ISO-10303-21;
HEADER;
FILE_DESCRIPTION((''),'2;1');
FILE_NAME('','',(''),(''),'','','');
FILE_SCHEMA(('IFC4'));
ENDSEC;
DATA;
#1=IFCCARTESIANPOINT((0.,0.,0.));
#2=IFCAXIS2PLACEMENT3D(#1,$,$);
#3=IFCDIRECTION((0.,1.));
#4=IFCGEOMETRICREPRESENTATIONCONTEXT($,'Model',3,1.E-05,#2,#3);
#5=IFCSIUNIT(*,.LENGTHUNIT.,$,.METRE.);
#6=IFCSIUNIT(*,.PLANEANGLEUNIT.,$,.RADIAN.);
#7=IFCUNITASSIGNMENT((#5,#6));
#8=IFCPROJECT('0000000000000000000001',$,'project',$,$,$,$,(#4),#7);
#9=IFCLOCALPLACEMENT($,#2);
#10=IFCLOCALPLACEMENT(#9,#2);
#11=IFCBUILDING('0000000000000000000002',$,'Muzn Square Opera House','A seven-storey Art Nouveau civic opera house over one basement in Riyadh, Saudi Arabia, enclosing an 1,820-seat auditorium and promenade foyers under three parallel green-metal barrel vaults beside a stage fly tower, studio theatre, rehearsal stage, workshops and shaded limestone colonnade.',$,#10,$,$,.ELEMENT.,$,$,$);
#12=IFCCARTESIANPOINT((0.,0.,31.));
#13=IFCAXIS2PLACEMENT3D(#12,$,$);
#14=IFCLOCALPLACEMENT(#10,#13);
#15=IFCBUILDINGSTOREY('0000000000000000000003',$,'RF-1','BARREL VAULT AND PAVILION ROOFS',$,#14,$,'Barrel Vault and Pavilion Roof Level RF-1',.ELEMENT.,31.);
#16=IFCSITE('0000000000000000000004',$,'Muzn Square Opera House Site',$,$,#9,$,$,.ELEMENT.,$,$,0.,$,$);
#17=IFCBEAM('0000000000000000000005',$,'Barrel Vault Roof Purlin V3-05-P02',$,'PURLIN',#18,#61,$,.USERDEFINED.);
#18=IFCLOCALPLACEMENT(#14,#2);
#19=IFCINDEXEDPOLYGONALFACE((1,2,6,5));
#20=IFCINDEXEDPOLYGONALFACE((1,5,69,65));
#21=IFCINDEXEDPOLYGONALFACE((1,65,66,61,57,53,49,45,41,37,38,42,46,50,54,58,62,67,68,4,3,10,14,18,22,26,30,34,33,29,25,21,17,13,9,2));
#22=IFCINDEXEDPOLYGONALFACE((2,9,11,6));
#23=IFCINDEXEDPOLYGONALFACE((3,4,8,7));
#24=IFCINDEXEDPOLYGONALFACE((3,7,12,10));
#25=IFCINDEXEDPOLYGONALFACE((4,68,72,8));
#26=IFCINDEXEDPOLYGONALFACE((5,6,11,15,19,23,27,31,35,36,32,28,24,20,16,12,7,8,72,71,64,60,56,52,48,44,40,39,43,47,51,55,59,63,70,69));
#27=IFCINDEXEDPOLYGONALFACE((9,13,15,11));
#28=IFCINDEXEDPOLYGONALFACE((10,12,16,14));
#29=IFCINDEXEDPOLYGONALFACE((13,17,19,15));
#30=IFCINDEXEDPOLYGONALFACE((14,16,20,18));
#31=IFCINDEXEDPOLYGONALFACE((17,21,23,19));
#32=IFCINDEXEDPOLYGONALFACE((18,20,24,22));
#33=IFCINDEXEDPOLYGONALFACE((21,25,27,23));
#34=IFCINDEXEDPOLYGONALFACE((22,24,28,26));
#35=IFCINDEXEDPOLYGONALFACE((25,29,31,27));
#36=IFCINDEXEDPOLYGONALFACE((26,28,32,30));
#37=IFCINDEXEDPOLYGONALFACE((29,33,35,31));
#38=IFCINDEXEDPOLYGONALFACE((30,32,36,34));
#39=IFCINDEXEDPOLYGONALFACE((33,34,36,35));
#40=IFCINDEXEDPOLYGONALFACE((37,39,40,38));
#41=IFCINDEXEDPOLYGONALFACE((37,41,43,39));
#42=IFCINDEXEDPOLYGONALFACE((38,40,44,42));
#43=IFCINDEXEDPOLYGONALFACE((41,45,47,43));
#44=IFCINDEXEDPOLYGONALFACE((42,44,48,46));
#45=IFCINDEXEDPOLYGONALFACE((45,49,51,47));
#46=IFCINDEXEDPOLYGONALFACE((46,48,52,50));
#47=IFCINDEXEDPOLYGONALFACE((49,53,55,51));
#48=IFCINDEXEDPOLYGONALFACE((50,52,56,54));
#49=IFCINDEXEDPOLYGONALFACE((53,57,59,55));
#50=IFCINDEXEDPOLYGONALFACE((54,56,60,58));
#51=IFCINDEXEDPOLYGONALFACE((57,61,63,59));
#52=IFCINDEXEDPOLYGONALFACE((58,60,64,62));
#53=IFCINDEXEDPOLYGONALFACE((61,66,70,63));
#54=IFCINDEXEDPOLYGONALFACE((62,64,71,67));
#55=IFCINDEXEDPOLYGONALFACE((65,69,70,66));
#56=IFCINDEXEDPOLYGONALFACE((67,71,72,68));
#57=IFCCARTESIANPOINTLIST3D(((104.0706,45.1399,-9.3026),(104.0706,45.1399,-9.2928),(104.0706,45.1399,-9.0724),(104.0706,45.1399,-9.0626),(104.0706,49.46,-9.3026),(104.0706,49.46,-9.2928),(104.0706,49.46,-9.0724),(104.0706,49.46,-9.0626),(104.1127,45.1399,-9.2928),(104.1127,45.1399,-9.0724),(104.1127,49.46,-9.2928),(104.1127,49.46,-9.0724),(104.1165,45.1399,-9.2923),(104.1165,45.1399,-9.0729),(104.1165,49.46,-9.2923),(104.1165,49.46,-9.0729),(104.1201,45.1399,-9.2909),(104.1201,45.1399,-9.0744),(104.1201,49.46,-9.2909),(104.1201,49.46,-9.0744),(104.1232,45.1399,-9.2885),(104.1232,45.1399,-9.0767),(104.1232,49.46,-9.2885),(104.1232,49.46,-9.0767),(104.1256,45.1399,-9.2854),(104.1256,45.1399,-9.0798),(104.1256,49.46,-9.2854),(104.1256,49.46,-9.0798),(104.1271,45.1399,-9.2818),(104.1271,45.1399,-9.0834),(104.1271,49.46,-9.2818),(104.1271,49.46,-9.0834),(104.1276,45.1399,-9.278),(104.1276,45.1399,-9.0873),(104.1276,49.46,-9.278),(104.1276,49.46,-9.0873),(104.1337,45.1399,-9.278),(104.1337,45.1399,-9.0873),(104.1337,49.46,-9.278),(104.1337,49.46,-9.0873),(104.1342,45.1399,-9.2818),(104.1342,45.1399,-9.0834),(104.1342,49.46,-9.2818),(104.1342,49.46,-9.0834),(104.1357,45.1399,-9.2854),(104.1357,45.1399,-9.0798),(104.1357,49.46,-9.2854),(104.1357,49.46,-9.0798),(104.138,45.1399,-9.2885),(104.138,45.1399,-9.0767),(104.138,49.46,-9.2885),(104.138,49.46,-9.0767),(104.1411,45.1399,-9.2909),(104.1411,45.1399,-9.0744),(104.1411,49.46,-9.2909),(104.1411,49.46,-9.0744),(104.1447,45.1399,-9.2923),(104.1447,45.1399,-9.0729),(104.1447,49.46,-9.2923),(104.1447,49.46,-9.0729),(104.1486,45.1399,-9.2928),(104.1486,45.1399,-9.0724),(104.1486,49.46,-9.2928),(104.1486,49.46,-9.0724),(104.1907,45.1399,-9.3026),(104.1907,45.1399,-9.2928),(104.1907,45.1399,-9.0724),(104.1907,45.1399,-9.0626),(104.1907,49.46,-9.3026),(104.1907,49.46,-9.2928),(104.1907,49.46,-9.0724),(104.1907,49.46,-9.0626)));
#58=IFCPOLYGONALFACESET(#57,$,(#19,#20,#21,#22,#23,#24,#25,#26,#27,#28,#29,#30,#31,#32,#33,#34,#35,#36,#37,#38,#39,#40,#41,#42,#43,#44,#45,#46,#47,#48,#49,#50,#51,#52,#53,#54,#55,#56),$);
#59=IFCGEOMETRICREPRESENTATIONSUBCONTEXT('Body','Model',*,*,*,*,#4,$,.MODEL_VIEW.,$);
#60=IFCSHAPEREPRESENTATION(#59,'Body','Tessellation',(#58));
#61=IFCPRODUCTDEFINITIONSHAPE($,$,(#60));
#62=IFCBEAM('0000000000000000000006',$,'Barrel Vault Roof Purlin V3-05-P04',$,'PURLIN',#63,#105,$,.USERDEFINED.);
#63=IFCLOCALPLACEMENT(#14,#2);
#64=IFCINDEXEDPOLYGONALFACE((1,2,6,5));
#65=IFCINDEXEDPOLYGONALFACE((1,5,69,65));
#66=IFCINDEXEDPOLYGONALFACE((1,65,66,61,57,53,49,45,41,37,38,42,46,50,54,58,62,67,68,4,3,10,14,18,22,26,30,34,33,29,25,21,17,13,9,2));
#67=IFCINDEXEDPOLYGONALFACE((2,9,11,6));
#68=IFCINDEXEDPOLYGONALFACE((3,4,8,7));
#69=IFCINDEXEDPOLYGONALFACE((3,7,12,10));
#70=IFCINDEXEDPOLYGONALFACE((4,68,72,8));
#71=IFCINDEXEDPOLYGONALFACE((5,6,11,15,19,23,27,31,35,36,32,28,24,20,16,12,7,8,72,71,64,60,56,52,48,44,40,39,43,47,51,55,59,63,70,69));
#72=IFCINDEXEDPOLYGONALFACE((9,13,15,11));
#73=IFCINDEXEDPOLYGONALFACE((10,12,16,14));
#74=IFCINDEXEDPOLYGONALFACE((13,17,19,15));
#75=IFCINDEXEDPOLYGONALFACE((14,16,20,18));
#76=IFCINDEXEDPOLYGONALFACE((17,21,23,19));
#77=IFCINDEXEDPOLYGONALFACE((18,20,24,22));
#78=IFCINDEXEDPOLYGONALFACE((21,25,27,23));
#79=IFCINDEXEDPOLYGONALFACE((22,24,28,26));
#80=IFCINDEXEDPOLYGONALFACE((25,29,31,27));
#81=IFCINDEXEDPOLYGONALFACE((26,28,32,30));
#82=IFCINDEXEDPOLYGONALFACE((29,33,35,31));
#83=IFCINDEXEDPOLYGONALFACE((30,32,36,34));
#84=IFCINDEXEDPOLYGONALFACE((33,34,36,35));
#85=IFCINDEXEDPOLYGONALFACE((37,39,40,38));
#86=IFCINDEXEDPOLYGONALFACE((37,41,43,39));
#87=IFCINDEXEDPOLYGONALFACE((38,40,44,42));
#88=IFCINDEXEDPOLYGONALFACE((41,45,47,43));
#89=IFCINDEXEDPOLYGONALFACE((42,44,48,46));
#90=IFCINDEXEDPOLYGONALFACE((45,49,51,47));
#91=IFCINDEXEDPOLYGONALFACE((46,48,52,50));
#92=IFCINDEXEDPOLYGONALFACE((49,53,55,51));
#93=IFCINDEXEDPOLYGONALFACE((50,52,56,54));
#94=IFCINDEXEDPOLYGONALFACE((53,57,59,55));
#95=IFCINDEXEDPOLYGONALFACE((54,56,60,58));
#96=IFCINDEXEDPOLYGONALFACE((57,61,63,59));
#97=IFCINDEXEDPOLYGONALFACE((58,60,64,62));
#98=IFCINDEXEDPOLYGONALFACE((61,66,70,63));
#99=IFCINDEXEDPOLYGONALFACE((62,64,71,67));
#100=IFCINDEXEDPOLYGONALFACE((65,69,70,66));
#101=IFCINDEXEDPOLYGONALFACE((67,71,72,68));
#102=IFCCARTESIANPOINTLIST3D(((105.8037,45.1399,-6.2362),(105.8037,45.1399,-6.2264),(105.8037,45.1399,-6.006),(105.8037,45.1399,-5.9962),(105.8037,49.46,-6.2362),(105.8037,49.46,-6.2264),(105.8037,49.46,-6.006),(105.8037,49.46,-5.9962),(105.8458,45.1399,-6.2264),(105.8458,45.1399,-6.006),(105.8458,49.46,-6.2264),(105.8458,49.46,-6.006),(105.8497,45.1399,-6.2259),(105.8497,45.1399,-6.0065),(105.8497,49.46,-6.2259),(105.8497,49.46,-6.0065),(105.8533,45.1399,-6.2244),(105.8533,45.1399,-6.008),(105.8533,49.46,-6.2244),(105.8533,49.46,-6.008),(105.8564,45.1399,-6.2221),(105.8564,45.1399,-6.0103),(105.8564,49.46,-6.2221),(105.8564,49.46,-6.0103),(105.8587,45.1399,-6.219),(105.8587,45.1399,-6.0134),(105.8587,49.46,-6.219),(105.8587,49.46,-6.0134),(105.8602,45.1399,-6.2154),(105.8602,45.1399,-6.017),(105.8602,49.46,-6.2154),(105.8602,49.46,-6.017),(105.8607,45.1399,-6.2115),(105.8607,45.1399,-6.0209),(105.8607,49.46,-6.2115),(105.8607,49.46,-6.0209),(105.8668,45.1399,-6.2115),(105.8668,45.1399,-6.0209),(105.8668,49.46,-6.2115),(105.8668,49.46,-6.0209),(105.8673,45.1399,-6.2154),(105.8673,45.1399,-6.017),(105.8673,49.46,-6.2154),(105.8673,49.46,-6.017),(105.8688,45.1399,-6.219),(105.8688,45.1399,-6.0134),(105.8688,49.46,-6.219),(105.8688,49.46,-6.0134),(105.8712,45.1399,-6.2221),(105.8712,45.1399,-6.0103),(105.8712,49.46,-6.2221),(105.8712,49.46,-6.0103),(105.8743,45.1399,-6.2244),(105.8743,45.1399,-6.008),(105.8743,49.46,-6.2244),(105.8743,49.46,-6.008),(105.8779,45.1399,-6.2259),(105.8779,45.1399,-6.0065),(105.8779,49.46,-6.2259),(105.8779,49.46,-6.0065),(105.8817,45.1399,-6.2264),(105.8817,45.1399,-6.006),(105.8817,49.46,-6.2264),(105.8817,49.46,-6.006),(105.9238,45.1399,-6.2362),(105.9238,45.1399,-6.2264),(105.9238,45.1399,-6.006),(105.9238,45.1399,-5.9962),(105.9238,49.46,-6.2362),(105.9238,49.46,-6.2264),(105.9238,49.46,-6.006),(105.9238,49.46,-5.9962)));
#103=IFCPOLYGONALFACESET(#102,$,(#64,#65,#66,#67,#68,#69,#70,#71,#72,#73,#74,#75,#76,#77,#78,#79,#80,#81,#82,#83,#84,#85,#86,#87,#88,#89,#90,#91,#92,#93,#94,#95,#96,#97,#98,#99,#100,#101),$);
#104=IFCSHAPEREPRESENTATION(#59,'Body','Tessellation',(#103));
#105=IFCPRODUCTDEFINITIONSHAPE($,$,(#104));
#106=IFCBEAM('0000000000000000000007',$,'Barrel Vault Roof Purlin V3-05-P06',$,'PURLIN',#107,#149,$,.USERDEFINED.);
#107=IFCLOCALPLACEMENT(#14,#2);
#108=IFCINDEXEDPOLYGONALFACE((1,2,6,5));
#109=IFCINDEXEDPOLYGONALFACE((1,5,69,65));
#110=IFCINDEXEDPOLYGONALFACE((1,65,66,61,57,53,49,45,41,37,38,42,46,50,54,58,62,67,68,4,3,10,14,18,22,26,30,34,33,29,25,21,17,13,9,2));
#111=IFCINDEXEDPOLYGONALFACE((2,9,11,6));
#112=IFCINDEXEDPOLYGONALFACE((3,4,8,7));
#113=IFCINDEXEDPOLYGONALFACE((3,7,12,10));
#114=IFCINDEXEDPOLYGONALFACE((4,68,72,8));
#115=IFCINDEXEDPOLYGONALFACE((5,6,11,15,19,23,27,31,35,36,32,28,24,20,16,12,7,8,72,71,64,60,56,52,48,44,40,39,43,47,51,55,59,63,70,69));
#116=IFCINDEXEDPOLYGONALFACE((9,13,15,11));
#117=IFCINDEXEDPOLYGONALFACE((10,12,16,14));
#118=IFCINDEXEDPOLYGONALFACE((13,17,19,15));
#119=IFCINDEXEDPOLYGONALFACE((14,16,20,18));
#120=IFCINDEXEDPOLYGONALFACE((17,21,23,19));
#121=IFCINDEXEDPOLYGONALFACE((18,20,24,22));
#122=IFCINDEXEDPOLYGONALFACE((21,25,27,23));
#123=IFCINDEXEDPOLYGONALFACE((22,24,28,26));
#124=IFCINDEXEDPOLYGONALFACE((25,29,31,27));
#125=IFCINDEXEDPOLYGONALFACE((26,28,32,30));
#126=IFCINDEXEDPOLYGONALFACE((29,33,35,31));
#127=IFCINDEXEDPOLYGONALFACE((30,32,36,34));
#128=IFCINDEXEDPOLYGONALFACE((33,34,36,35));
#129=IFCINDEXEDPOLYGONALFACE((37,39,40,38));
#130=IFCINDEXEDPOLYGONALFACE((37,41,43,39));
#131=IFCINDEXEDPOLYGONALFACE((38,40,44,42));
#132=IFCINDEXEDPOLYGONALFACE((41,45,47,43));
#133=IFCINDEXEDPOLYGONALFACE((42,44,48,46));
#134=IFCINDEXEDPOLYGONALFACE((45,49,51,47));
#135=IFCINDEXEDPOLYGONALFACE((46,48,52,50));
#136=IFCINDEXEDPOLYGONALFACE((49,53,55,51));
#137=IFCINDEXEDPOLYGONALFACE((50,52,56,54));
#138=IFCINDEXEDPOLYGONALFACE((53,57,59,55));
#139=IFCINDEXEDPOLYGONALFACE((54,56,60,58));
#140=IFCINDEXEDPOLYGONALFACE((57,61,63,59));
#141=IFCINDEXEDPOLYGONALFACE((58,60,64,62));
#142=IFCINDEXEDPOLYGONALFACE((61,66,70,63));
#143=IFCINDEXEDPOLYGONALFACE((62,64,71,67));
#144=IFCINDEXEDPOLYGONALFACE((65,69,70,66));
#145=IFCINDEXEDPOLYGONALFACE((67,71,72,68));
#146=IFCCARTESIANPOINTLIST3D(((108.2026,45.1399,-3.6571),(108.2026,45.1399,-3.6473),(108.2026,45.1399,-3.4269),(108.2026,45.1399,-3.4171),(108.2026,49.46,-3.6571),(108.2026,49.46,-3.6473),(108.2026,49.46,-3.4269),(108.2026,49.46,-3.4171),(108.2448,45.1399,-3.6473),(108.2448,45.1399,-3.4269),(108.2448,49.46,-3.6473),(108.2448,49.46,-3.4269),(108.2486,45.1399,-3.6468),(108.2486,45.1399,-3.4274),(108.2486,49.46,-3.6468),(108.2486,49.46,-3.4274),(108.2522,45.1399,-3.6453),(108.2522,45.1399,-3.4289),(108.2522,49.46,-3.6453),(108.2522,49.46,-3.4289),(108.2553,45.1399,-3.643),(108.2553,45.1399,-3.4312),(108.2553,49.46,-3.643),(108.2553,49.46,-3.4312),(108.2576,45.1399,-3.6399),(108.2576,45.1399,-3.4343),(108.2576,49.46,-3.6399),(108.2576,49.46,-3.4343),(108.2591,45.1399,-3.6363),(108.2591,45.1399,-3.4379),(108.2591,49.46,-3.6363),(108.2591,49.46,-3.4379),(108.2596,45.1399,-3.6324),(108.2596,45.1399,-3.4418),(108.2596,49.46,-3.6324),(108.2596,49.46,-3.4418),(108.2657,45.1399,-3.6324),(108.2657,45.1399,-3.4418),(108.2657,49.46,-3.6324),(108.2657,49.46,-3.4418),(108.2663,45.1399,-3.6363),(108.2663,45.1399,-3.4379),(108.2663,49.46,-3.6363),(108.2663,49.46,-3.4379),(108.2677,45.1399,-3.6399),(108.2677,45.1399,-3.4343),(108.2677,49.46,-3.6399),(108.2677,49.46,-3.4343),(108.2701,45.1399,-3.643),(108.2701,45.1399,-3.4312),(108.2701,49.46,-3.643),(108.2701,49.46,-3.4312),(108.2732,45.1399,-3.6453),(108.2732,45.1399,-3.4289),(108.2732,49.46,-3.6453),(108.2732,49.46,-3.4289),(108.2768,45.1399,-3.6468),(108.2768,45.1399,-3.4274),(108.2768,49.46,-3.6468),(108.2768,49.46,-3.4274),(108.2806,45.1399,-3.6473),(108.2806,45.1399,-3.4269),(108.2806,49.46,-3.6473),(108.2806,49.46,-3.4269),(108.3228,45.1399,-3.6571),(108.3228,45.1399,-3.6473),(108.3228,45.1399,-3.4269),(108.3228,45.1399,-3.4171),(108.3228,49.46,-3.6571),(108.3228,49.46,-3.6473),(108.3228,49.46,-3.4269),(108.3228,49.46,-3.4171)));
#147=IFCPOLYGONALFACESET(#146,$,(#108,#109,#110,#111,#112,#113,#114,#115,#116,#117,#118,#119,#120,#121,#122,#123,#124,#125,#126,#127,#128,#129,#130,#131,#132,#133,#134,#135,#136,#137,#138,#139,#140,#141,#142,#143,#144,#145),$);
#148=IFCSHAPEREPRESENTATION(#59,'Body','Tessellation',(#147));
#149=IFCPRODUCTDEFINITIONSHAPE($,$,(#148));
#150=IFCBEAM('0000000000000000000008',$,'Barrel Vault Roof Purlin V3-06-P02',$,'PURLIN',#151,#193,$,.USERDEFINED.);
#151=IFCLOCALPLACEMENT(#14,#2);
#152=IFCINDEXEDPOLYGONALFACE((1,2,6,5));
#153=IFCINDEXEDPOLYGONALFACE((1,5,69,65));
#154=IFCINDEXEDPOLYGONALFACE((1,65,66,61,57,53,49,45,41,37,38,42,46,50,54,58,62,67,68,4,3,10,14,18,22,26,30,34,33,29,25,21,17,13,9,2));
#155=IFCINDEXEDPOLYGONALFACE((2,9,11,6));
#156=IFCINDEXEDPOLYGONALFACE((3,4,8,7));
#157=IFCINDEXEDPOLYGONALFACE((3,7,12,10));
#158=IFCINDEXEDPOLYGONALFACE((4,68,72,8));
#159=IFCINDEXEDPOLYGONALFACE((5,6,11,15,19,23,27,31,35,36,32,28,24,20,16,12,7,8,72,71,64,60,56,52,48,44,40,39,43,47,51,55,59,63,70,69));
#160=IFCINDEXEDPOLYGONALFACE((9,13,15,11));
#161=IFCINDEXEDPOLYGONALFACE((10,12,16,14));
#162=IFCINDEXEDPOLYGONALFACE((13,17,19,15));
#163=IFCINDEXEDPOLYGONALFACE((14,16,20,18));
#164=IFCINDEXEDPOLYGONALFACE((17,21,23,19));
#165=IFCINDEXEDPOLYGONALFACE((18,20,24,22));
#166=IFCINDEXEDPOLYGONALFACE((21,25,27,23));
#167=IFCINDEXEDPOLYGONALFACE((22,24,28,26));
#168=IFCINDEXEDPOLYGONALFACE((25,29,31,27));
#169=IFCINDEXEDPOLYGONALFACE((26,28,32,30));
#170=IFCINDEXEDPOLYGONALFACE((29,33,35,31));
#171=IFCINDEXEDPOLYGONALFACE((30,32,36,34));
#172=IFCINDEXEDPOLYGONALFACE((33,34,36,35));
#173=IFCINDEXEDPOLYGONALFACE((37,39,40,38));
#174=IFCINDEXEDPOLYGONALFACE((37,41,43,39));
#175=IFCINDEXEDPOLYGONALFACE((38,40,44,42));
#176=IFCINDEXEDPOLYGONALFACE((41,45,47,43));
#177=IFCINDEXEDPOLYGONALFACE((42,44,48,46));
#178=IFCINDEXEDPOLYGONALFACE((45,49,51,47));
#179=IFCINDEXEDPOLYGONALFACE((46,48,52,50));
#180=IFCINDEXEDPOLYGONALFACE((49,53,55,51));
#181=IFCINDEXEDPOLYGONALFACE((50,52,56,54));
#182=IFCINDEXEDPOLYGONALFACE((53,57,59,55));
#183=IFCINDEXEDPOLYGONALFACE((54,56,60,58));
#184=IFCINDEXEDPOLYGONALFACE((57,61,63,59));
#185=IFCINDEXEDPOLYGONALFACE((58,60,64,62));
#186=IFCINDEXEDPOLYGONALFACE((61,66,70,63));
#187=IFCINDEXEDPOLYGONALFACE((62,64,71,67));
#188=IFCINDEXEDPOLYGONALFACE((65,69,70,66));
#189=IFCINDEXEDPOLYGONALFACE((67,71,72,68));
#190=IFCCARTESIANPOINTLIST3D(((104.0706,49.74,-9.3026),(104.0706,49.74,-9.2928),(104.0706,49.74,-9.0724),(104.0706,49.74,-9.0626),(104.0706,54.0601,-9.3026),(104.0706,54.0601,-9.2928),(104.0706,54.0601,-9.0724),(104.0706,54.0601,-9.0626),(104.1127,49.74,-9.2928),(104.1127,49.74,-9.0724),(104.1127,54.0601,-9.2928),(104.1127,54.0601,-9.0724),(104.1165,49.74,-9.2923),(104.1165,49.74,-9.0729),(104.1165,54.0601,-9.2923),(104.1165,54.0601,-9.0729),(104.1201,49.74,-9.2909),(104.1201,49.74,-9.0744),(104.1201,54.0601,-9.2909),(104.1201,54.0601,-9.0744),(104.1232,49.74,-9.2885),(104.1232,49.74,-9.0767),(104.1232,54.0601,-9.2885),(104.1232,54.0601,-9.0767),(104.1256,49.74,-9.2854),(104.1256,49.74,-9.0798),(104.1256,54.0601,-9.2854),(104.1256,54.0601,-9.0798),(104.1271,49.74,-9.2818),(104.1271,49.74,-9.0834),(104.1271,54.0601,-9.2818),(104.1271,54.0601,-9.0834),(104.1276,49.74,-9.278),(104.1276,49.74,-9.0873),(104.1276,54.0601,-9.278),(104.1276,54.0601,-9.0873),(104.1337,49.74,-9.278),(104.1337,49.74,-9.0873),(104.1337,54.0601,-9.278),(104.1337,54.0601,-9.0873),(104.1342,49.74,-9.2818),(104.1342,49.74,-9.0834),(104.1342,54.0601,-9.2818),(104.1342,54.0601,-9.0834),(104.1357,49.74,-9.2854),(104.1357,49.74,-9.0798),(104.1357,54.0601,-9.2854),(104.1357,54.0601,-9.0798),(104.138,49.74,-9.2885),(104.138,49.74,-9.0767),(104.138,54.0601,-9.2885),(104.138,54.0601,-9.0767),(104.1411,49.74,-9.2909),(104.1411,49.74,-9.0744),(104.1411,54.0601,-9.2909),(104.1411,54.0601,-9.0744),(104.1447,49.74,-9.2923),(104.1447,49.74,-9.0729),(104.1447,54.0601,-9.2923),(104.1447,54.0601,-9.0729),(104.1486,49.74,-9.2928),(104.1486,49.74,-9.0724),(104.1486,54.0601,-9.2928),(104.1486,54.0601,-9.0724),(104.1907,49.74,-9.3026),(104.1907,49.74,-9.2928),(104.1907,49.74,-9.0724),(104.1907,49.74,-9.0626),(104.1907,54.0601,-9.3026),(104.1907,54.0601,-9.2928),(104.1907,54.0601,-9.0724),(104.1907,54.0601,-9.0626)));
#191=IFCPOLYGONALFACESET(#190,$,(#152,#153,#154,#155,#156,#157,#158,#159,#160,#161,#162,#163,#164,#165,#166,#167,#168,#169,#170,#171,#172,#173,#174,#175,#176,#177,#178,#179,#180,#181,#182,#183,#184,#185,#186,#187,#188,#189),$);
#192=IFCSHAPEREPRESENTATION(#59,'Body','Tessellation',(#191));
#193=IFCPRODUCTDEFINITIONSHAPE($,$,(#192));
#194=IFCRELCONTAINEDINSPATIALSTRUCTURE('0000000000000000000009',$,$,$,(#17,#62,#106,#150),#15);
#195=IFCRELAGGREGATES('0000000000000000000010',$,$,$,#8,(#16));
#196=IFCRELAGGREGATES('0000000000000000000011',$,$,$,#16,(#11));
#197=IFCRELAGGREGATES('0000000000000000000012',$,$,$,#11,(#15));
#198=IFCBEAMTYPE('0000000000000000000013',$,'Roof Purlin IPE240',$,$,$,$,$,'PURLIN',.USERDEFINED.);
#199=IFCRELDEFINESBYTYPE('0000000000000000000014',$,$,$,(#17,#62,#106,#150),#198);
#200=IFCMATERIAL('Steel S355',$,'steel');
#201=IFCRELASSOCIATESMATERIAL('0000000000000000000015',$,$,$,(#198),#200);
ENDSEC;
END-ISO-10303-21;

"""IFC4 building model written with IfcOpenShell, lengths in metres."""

from ifc_helpers import new_model, si_unit, direction, frame, origin, origin_2d, place, context, subcontext, project, spatial, i_section, extrude, material, material_profile, profile_set, type_object, element, save


model = new_model("IFC4")

# Units and contexts
model_context = context("Model", 3, precision=1e-05, world=origin(), true_north=direction((0.0, 1.0)))
body_context = subcontext(model_context, "Body", "Model", "MODEL_VIEW")
ifc_project = project(units=[si_unit("LENGTHUNIT", "METRE"), si_unit("PLANEANGLEUNIT", "RADIAN")], contexts=[model_context])

# Site, building, storey
site_placement = place(None, origin())
site = spatial("IfcSite", under=ifc_project, at=site_placement, Name="Muzn Square Opera House Site", CompositionType="ELEMENT", RefElevation=0.0)
building_placement = place(site_placement, origin())
building = spatial("IfcBuilding", under=site, at=building_placement, Name="Muzn Square Opera House", Description="A seven-storey Art Nouveau civic opera house over one basement in Riyadh, Saudi Arabia, enclosing an 1,820-seat auditorium and promenade foyers under three parallel green-metal barrel vaults beside a stage fly tower, studio theatre, rehearsal stage, workshops and shaded limestone colonnade.", CompositionType="ELEMENT")
storey_placement = place(building_placement, frame((0.0, 0.0, 31.0)))
storey = spatial("IfcBuildingStorey", under=building, at=storey_placement, Name="RF-1", Description="BARREL VAULT AND PAVILION ROOFS", LongName="Barrel Vault and Pavilion Roof Level RF-1", CompositionType="ELEMENT", Elevation=31.0)

# Beams
ifc_material_1 = material(Name="Steel S355", Category="steel")
ifc_material_profile_1 = material_profile(ifc_material_1, i_section(OverallWidth=0.1201, OverallDepth=0.24, WebThickness=0.0061, FlangeThickness=0.0098, FilletRadius=0.0149, at=origin_2d()), Name="IPE 240", Category="steel")
ifc_profile_set_1 = profile_set([ifc_material_profile_1], Name="Steel S355")
beam_type_1 = type_object("IfcBeamType", Name="Roof Purlin IPE240", ElementType="PURLIN", PredefinedType="USERDEFINED", material=ifc_profile_set_1)
for number, where, z_axis, x_axis, name in (
    (1, (104.1306, 45.1399, -9.1826), (0.0, 1.0, 0.0), (-1.0, 0.0, 0.0), "Barrel Vault Roof Purlin V3-05-P02"),
    (2, (105.8638, 45.1399, -6.1162), (0.0, 1.0, 0.0), (-1.0, 0.0, 0.0), "Barrel Vault Roof Purlin V3-05-P04"),
    (3, (108.2627, 45.1399, -3.5371), (0.0, 1.0, 0.0), (-1.0, 0.0, 0.0), "Barrel Vault Roof Purlin V3-05-P06"),
    (4, (104.1306, 49.74, -9.1826), (0.0, 1.0, 0.0), (-1.0, 0.0, 0.0), "Barrel Vault Roof Purlin V3-06-P02"),
):
    element("IfcBeam", number, at=place(storey_placement, frame(where, z_axis=z_axis, x_axis=x_axis)), inside=storey, type_object=beam_type_1, Name=name, ObjectType="PURLIN", PredefinedType="USERDEFINED", context=body_context, shape_type="SweptSolid", body=[
        extrude(i_section(OverallWidth=0.1201, OverallDepth=0.24, WebThickness=0.0061, FlangeThickness=0.0098, FilletRadius=0.0149, at=origin_2d()), origin(), (0.0, 0.0, 1.0), 4.3201),
    ])

save(model, "model.ifc")
